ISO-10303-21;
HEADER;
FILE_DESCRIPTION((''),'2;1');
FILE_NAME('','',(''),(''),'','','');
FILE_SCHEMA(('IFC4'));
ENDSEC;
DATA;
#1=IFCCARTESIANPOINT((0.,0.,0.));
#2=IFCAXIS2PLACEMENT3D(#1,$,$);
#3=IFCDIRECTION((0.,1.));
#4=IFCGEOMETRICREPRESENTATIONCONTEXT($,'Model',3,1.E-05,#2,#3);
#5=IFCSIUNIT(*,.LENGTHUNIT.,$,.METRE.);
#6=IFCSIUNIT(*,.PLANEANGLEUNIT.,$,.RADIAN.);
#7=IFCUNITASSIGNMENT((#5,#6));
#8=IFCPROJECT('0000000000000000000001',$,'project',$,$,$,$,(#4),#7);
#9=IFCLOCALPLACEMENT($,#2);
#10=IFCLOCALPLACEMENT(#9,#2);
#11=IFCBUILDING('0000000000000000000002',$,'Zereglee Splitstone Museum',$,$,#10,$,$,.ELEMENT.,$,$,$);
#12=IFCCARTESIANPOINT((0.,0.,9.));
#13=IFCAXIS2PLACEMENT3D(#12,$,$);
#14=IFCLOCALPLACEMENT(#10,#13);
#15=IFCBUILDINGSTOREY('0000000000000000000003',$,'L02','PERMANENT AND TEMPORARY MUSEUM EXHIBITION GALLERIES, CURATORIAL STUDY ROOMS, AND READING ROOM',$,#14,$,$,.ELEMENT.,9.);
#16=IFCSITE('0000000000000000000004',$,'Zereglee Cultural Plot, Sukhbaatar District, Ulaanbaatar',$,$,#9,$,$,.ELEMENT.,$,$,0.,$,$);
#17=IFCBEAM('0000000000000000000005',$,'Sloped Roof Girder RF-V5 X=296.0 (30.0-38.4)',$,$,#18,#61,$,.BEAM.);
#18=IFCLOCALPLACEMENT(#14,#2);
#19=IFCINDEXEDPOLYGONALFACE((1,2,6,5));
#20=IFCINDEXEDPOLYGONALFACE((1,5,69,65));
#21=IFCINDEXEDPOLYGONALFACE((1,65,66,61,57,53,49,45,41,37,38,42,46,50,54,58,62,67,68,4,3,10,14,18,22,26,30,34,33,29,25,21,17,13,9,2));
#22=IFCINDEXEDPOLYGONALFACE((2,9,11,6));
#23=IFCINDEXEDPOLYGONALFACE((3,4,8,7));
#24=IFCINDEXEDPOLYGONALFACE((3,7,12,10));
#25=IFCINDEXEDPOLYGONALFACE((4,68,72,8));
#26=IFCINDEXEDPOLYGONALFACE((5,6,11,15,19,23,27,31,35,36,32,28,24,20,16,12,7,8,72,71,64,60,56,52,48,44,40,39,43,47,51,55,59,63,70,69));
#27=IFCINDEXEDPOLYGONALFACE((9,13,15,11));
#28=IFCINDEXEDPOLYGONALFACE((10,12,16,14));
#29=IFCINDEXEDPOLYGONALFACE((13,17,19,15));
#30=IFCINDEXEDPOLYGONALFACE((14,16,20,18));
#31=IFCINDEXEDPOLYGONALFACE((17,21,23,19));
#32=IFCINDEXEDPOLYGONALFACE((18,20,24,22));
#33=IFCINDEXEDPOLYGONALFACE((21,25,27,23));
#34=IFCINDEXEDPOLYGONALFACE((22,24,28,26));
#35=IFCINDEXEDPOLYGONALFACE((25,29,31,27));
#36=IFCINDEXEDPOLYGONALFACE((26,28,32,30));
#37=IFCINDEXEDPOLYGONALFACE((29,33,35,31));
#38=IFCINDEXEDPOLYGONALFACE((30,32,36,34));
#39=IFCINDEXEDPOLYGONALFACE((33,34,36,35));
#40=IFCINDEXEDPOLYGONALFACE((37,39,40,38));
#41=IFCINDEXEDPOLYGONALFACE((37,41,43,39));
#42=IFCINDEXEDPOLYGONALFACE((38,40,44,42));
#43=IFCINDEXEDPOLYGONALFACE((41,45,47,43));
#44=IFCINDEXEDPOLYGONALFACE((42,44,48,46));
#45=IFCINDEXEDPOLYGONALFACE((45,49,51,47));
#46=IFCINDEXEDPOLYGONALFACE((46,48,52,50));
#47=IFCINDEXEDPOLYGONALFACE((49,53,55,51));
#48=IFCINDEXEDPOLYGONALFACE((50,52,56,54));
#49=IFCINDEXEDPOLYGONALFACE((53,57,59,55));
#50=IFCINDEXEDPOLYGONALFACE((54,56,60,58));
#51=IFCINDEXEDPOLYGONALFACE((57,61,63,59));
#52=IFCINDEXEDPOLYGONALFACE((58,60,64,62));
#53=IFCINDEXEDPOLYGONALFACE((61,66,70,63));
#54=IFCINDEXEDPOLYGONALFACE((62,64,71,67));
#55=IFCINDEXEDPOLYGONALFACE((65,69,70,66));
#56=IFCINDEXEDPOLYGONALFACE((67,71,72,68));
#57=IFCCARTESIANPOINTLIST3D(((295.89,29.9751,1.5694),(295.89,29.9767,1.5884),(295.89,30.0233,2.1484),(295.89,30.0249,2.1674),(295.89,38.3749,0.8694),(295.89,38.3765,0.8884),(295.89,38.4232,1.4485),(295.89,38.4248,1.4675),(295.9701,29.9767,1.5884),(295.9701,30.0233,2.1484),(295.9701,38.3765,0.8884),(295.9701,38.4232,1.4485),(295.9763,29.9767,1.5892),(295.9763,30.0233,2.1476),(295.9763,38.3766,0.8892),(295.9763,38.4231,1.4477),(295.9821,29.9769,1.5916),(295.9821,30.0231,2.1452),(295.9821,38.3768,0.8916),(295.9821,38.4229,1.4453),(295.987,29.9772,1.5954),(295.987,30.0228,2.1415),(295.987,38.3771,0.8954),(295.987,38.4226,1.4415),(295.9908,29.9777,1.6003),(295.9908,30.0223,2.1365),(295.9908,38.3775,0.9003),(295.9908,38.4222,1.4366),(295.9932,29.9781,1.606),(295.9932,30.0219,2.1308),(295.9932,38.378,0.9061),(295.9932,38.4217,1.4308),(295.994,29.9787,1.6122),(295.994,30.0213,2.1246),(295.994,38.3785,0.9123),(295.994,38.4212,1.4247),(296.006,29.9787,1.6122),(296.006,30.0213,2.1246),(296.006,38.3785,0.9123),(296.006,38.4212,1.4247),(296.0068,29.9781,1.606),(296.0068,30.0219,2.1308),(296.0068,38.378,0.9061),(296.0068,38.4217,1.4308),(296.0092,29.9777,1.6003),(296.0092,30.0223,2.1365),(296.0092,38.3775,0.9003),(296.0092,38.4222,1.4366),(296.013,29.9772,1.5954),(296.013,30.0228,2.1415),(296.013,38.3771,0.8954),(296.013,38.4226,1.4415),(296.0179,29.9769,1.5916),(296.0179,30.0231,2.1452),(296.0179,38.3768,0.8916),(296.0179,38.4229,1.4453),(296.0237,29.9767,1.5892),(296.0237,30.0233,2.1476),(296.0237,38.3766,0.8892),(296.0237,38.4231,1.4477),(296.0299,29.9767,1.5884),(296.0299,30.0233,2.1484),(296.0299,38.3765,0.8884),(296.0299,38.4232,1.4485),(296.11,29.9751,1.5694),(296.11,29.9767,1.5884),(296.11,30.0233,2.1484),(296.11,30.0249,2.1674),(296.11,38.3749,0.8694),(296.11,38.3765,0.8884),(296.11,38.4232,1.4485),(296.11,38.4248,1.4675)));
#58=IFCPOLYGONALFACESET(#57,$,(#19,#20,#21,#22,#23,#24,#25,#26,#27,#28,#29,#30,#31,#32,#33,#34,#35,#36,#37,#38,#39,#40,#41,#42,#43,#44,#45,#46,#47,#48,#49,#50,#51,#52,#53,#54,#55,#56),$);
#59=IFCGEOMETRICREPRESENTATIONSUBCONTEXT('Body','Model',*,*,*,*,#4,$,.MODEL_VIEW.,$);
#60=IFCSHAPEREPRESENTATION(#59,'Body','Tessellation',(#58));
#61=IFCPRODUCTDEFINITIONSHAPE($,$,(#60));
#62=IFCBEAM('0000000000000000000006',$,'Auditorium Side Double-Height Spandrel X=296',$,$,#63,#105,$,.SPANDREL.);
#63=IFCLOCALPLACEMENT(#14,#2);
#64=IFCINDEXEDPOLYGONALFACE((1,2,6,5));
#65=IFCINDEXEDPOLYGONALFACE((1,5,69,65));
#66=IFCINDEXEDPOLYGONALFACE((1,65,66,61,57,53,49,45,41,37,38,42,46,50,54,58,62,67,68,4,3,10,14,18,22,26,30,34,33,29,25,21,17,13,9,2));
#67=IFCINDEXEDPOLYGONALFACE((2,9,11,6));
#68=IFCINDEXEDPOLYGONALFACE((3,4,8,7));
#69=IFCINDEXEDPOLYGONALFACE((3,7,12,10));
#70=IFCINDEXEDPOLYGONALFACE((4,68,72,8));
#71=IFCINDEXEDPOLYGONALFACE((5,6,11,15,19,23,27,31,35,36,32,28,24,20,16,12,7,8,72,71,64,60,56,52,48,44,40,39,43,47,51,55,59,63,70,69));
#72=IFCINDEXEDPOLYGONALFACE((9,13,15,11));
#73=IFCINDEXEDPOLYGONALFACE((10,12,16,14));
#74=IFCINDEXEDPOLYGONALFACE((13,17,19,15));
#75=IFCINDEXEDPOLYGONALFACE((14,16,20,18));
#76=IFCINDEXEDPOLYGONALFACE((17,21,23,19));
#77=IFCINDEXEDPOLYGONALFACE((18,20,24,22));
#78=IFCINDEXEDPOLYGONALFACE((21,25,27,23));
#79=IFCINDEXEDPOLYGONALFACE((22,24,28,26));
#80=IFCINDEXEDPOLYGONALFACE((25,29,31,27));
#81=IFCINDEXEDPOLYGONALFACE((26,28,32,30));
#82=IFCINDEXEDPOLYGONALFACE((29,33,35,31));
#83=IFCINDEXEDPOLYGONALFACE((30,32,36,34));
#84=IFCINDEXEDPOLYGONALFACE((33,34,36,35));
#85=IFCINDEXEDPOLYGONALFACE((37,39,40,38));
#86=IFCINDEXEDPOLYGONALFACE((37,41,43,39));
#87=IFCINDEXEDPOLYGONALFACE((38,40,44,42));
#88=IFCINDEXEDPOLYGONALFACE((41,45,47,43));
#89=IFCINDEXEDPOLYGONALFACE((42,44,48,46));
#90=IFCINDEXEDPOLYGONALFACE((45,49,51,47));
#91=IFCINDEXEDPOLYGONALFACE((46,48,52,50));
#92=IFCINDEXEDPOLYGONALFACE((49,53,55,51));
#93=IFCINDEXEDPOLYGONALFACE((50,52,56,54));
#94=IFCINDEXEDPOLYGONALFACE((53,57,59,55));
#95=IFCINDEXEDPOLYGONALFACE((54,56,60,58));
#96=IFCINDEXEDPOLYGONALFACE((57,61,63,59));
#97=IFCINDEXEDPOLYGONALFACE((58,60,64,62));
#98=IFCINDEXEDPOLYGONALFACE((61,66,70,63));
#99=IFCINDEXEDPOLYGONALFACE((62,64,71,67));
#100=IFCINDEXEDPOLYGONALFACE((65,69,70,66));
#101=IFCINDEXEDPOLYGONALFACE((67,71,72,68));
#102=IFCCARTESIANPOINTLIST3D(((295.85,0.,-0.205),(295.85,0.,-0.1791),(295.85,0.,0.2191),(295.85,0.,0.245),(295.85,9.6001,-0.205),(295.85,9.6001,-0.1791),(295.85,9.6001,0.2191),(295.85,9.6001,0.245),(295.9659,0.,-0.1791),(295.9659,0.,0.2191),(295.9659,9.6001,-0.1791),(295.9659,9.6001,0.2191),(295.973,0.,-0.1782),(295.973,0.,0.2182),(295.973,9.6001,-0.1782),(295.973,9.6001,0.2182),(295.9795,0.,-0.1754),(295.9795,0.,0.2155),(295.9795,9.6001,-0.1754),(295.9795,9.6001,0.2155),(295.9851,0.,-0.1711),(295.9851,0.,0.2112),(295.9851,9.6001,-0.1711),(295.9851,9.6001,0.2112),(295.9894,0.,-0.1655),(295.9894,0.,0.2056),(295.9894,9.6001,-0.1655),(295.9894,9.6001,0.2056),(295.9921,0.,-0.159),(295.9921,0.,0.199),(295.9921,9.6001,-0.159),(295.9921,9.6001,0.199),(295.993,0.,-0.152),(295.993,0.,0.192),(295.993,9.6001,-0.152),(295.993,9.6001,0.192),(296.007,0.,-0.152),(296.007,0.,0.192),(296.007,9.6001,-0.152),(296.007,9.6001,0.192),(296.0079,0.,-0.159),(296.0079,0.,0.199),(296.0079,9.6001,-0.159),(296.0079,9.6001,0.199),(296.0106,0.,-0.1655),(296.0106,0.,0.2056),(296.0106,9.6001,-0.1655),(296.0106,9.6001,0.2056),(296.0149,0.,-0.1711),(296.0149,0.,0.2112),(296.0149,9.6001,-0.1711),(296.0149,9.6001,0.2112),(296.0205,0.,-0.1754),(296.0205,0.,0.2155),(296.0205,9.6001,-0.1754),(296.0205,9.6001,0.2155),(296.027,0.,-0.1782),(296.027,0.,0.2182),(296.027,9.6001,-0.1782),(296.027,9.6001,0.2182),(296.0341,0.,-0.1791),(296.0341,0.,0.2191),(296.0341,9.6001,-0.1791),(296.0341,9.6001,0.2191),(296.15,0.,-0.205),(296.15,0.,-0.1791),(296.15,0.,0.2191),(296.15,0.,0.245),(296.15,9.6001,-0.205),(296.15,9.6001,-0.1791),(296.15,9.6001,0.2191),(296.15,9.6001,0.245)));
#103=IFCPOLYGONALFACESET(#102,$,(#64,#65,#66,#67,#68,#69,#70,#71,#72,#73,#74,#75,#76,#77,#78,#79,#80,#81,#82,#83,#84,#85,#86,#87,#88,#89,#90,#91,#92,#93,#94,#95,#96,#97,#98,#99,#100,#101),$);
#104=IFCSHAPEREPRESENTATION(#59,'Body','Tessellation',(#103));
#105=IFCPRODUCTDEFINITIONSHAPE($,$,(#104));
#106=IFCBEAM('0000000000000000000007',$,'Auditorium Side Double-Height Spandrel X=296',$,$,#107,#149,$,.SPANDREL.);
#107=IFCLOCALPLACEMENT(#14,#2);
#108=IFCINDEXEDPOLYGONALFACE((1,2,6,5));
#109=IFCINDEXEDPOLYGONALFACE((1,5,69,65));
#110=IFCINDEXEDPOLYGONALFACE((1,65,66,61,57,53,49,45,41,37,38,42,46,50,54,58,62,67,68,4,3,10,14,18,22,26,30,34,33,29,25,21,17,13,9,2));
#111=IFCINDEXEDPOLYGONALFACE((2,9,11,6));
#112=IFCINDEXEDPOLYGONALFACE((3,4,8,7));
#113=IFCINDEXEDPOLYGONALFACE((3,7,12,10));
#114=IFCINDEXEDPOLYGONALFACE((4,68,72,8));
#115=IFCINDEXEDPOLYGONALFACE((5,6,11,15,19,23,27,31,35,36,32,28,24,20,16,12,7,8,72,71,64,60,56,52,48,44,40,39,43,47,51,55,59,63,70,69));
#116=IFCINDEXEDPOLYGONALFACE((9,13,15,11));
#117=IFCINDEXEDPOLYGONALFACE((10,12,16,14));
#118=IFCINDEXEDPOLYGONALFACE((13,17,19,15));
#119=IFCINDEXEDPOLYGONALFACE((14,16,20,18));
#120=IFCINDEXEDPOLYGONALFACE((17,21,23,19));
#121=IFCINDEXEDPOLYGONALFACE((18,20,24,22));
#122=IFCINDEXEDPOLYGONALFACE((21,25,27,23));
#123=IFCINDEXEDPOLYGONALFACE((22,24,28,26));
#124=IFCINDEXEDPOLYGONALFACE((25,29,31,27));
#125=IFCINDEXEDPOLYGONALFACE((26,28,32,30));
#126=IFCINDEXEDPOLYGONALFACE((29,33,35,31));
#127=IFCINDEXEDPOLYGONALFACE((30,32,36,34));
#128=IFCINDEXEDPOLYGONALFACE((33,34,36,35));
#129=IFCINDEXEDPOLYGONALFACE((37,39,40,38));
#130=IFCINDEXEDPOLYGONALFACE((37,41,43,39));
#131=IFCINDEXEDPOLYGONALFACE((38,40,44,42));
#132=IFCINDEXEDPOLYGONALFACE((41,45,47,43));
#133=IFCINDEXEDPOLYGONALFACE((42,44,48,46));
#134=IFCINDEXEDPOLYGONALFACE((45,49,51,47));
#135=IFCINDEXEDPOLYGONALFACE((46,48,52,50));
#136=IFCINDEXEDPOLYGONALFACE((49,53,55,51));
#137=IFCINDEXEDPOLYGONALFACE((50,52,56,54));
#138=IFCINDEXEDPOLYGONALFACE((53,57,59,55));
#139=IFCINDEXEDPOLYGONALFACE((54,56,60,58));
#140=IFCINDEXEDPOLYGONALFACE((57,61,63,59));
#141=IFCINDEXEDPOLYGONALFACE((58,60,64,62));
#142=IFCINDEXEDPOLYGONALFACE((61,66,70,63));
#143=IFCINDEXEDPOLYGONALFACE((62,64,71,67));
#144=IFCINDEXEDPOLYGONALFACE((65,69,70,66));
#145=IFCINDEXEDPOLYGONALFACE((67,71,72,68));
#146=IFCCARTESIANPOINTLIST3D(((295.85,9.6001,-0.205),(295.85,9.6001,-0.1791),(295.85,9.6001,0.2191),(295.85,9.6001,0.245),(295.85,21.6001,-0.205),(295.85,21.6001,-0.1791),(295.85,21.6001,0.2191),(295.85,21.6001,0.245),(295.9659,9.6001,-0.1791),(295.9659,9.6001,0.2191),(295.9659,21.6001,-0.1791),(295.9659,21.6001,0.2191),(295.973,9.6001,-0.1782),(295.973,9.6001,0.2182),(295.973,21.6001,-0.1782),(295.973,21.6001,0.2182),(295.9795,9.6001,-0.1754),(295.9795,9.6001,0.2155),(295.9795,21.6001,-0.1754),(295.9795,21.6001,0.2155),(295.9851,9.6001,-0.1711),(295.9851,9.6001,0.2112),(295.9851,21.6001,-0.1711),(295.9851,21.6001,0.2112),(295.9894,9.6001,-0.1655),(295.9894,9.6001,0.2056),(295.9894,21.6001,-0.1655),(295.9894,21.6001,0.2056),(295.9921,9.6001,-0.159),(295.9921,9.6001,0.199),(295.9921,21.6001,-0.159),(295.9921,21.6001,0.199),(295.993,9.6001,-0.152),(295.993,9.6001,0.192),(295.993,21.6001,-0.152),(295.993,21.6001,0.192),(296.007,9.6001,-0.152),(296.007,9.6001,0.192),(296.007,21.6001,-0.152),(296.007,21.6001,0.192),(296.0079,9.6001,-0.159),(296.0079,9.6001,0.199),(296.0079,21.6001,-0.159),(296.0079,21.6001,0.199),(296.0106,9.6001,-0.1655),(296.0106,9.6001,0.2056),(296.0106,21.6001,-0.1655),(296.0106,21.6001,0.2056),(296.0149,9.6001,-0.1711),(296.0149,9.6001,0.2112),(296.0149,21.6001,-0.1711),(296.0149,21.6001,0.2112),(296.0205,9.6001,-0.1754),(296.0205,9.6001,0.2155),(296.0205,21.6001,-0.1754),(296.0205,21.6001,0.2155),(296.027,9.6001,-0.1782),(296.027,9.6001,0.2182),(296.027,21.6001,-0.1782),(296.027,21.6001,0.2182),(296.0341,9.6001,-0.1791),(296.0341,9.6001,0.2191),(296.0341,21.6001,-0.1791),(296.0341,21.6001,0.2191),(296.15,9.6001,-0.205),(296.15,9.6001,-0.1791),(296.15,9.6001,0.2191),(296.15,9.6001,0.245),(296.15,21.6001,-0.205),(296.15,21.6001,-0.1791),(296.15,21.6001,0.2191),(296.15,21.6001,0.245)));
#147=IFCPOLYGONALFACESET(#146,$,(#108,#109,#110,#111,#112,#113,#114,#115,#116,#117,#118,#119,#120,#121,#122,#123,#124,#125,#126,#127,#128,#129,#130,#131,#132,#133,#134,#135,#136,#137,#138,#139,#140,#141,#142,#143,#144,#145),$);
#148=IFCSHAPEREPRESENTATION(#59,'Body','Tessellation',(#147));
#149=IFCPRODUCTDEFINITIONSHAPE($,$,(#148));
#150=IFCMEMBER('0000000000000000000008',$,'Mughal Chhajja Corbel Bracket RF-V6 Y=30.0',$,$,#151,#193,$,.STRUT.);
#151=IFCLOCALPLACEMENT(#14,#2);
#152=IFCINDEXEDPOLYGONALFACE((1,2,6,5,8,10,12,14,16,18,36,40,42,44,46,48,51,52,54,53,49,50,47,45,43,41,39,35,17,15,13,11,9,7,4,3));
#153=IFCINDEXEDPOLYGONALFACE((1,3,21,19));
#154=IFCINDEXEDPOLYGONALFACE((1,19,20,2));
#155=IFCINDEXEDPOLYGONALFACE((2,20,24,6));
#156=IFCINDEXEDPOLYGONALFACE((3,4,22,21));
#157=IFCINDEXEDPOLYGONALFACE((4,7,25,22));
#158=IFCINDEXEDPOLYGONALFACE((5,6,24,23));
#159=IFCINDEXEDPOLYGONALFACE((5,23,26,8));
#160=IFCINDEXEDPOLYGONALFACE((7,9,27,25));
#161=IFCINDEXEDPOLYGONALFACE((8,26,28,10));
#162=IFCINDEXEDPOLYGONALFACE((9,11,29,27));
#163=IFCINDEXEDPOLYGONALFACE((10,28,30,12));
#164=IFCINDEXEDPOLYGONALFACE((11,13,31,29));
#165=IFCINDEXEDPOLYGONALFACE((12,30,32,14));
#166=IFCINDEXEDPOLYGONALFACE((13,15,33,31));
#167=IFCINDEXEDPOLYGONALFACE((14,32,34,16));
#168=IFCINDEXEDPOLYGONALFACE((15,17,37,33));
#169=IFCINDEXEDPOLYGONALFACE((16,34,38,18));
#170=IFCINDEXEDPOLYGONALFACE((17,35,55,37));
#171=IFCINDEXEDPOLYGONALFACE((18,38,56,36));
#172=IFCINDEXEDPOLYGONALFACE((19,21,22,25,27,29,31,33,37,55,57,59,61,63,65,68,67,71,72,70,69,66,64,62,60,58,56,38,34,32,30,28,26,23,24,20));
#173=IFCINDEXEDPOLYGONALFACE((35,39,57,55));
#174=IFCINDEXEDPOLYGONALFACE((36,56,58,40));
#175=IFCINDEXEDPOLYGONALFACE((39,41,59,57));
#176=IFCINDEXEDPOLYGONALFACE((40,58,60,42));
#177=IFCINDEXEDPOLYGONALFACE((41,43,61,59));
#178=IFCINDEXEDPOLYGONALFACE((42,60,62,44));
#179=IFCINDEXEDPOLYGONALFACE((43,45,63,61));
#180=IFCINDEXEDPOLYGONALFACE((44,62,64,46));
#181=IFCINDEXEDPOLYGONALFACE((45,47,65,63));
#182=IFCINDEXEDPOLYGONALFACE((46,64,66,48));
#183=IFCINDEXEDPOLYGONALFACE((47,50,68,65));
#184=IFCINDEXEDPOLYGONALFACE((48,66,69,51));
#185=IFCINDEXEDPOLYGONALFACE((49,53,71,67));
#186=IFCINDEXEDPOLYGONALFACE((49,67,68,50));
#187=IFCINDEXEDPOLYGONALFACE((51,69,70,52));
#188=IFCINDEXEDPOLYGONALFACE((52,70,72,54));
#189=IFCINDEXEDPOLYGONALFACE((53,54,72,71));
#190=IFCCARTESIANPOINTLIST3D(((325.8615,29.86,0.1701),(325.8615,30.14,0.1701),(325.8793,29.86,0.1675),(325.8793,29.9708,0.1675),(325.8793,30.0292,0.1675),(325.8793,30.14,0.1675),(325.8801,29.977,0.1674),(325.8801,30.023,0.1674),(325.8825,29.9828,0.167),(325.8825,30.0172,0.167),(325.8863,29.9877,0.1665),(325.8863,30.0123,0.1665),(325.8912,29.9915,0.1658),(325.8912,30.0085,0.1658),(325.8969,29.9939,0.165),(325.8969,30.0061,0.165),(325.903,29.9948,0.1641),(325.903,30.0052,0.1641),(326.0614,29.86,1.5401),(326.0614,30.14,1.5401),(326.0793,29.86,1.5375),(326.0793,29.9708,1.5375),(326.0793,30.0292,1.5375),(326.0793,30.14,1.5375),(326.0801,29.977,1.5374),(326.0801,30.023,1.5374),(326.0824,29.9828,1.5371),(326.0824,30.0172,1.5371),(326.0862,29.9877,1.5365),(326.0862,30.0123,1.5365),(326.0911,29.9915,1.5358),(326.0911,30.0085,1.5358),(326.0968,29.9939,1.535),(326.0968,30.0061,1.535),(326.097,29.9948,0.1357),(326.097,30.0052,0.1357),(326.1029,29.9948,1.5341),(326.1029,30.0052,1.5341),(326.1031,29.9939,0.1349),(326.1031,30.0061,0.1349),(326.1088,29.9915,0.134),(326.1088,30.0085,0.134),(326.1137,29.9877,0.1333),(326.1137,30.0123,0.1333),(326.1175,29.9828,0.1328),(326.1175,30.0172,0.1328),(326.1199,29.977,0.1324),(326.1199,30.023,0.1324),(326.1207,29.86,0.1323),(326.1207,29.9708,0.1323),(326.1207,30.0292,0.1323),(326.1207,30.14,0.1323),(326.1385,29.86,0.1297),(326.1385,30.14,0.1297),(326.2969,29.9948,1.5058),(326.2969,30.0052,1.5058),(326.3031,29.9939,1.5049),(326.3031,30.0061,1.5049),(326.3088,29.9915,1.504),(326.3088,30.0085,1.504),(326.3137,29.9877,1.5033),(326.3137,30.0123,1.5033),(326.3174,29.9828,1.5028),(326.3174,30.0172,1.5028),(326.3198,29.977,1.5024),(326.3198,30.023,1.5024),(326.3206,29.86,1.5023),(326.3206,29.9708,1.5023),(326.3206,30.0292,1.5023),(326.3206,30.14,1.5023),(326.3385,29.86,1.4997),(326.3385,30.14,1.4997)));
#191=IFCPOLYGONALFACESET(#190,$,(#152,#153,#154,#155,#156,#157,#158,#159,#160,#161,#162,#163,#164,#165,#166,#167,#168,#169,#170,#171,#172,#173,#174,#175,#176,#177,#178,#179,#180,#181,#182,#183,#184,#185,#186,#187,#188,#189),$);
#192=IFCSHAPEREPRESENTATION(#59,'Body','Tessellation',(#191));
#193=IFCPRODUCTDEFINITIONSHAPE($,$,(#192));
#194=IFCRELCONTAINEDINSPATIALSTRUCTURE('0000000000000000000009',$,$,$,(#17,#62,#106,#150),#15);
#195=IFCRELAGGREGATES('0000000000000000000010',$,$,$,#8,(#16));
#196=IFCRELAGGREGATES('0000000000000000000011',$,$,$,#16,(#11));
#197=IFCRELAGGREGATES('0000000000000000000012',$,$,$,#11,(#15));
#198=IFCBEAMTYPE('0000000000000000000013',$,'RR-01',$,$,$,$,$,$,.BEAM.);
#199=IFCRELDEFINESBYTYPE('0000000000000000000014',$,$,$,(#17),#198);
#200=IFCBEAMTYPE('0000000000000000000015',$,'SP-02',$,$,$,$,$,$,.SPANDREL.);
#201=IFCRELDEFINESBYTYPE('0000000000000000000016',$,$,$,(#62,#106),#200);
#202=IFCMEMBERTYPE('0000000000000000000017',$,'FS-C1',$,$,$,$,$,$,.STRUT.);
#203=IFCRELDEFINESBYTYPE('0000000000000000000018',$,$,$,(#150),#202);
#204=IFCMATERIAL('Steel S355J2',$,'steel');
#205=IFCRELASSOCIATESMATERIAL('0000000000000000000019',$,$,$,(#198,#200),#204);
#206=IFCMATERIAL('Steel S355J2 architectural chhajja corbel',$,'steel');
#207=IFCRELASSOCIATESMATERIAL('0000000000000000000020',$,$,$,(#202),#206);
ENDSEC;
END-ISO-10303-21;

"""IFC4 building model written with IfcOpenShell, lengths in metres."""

from ifc_helpers import new_model, si_unit, direction, frame, origin, origin_2d, place, context, subcontext, project, spatial, i_section, extrude, material, material_profile, profile_set, type_object, element, save


model = new_model("IFC4")

# Units and contexts
model_context = context("Model", 3, precision=1e-05, world=origin(), true_north=direction((0.0, 1.0)))
body_context = subcontext(model_context, "Body", "Model", "MODEL_VIEW")
ifc_project = project(units=[si_unit("LENGTHUNIT", "METRE"), si_unit("PLANEANGLEUNIT", "RADIAN")], contexts=[model_context])

# Site, building, storey
site_placement = place(None, origin())
site = spatial("IfcSite", under=ifc_project, at=site_placement, Name="Zereglee Cultural Plot, Sukhbaatar District, Ulaanbaatar", CompositionType="ELEMENT", RefElevation=0.0)
building_placement = place(site_placement, origin())
building = spatial("IfcBuilding", under=site, at=building_placement, Name="Zereglee Splitstone Museum", CompositionType="ELEMENT")
storey_placement = place(building_placement, frame((0.0, 0.0, 9.0)))
storey = spatial("IfcBuildingStorey", under=building, at=storey_placement, Name="L02", Description="PERMANENT AND TEMPORARY MUSEUM EXHIBITION GALLERIES, CURATORIAL STUDY ROOMS, AND READING ROOM", CompositionType="ELEMENT", Elevation=9.0)

# Shared definitions
ifc_material_1 = material(Name="Steel S355J2", Category="steel")

# Beams
ifc_material_profile_1 = material_profile(ifc_material_1, i_section(OverallWidth=0.22, OverallDepth=0.6001, WebThickness=0.012, FlangeThickness=0.019, FilletRadius=0.0239, at=origin_2d()), Name="IPE 600")
ifc_profile_set_1 = profile_set([ifc_material_profile_1], Name="Steel S355J2")
beam_type_1 = type_object("IfcBeamType", Name="RR-01", PredefinedType="BEAM", material=ifc_profile_set_1)
for number, where, z_axis, x_axis, name in (
    (1, (296.0, 30.0, 1.8684), (0.0, 0.996546, -0.083041), (-1.0, 0.0, 0.0), "Sloped Roof Girder RF-V5 X=296.0 (30.0-38.4)"),
):
    element("IfcBeam", number, at=place(storey_placement, frame(where, z_axis=z_axis, x_axis=x_axis)), inside=storey, type_object=beam_type_1, Name=name, PredefinedType="BEAM", context=body_context, shape_type="SweptSolid", body=[
        extrude(i_section(OverallWidth=0.22, OverallDepth=0.6001, WebThickness=0.012, FlangeThickness=0.019, FilletRadius=0.0239, at=origin_2d()), origin(), (0.0, 0.0, 1.0), 8.429),
    ])
ifc_material_profile_2 = material_profile(ifc_material_1, i_section(OverallWidth=0.3, OverallDepth=0.45, WebThickness=0.0139, FlangeThickness=0.0259, FilletRadius=0.0271, at=origin_2d()), Name="HE 450 B")
ifc_profile_set_2 = profile_set([ifc_material_profile_2], Name="Steel S355J2")
beam_type_2 = type_object("IfcBeamType", Name="SP-02", PredefinedType="SPANDREL", material=ifc_profile_set_2)
beam_1_placement = place(storey_placement, frame((296.0, 0.0, 0.02), z_axis=(0.0, 1.0, 0.0), x_axis=(-1.0, 0.0, 0.0)))
element("IfcBeam", 2, at=beam_1_placement, inside=storey, type_object=beam_type_2, Name="Auditorium Side Double-Height Spandrel X=296", PredefinedType="SPANDREL", context=body_context, shape_type="SweptSolid", body=[
    extrude(i_section(OverallWidth=0.3, OverallDepth=0.45, WebThickness=0.0139, FlangeThickness=0.0259, FilletRadius=0.0271, at=origin_2d()), origin(), (0.0, 0.0, 1.0), 9.6001),
])
beam_2_placement = place(storey_placement, frame((296.0, 9.6001, 0.02), z_axis=(0.0, 1.0, 0.0), x_axis=(-1.0, 0.0, 0.0)))
element("IfcBeam", 3, at=beam_2_placement, inside=storey, type_object=beam_type_2, Name="Auditorium Side Double-Height Spandrel X=296", PredefinedType="SPANDREL", context=body_context, shape_type="SweptSolid", body=[
    extrude(i_section(OverallWidth=0.3, OverallDepth=0.45, WebThickness=0.0139, FlangeThickness=0.0259, FilletRadius=0.0271, at=origin_2d()), origin(), (0.0, 0.0, 1.0), 12.0),
])

# Member
ifc_material_2 = material(Name="Steel S355J2 architectural chhajja corbel", Category="steel")
ifc_material_profile_3 = material_profile(ifc_material_2, i_section(OverallWidth=0.28, OverallDepth=0.28, WebThickness=0.0105, FlangeThickness=0.0181, FilletRadius=0.0239, at=origin_2d()), Name="HE 280 B")
ifc_profile_set_3 = profile_set([ifc_material_profile_3], Name="Steel S355J2 architectural chhajja corbel")
member_type_1 = type_object("IfcMemberType", Name="FS-C1", PredefinedType="STRUT", material=ifc_profile_set_3)
member_1_placement = place(storey_placement, frame((326.0, 30.0, 0.1499), z_axis=(0.144408, 0.0, 0.989518), x_axis=(0.0, 1.0, 0.0)))
element("IfcMember", 4, at=member_1_placement, inside=storey, type_object=member_type_1, Name="Mughal Chhajja Corbel Bracket RF-V6 Y=30.0", PredefinedType="STRUT", context=body_context, shape_type="SweptSolid", body=[
    extrude(i_section(OverallWidth=0.28, OverallDepth=0.28, WebThickness=0.0105, FlangeThickness=0.0181, FilletRadius=0.0239, at=origin_2d()), origin(), (0.0, 0.0, 1.0), 1.3845),
])

save(model, "model.ifc")
